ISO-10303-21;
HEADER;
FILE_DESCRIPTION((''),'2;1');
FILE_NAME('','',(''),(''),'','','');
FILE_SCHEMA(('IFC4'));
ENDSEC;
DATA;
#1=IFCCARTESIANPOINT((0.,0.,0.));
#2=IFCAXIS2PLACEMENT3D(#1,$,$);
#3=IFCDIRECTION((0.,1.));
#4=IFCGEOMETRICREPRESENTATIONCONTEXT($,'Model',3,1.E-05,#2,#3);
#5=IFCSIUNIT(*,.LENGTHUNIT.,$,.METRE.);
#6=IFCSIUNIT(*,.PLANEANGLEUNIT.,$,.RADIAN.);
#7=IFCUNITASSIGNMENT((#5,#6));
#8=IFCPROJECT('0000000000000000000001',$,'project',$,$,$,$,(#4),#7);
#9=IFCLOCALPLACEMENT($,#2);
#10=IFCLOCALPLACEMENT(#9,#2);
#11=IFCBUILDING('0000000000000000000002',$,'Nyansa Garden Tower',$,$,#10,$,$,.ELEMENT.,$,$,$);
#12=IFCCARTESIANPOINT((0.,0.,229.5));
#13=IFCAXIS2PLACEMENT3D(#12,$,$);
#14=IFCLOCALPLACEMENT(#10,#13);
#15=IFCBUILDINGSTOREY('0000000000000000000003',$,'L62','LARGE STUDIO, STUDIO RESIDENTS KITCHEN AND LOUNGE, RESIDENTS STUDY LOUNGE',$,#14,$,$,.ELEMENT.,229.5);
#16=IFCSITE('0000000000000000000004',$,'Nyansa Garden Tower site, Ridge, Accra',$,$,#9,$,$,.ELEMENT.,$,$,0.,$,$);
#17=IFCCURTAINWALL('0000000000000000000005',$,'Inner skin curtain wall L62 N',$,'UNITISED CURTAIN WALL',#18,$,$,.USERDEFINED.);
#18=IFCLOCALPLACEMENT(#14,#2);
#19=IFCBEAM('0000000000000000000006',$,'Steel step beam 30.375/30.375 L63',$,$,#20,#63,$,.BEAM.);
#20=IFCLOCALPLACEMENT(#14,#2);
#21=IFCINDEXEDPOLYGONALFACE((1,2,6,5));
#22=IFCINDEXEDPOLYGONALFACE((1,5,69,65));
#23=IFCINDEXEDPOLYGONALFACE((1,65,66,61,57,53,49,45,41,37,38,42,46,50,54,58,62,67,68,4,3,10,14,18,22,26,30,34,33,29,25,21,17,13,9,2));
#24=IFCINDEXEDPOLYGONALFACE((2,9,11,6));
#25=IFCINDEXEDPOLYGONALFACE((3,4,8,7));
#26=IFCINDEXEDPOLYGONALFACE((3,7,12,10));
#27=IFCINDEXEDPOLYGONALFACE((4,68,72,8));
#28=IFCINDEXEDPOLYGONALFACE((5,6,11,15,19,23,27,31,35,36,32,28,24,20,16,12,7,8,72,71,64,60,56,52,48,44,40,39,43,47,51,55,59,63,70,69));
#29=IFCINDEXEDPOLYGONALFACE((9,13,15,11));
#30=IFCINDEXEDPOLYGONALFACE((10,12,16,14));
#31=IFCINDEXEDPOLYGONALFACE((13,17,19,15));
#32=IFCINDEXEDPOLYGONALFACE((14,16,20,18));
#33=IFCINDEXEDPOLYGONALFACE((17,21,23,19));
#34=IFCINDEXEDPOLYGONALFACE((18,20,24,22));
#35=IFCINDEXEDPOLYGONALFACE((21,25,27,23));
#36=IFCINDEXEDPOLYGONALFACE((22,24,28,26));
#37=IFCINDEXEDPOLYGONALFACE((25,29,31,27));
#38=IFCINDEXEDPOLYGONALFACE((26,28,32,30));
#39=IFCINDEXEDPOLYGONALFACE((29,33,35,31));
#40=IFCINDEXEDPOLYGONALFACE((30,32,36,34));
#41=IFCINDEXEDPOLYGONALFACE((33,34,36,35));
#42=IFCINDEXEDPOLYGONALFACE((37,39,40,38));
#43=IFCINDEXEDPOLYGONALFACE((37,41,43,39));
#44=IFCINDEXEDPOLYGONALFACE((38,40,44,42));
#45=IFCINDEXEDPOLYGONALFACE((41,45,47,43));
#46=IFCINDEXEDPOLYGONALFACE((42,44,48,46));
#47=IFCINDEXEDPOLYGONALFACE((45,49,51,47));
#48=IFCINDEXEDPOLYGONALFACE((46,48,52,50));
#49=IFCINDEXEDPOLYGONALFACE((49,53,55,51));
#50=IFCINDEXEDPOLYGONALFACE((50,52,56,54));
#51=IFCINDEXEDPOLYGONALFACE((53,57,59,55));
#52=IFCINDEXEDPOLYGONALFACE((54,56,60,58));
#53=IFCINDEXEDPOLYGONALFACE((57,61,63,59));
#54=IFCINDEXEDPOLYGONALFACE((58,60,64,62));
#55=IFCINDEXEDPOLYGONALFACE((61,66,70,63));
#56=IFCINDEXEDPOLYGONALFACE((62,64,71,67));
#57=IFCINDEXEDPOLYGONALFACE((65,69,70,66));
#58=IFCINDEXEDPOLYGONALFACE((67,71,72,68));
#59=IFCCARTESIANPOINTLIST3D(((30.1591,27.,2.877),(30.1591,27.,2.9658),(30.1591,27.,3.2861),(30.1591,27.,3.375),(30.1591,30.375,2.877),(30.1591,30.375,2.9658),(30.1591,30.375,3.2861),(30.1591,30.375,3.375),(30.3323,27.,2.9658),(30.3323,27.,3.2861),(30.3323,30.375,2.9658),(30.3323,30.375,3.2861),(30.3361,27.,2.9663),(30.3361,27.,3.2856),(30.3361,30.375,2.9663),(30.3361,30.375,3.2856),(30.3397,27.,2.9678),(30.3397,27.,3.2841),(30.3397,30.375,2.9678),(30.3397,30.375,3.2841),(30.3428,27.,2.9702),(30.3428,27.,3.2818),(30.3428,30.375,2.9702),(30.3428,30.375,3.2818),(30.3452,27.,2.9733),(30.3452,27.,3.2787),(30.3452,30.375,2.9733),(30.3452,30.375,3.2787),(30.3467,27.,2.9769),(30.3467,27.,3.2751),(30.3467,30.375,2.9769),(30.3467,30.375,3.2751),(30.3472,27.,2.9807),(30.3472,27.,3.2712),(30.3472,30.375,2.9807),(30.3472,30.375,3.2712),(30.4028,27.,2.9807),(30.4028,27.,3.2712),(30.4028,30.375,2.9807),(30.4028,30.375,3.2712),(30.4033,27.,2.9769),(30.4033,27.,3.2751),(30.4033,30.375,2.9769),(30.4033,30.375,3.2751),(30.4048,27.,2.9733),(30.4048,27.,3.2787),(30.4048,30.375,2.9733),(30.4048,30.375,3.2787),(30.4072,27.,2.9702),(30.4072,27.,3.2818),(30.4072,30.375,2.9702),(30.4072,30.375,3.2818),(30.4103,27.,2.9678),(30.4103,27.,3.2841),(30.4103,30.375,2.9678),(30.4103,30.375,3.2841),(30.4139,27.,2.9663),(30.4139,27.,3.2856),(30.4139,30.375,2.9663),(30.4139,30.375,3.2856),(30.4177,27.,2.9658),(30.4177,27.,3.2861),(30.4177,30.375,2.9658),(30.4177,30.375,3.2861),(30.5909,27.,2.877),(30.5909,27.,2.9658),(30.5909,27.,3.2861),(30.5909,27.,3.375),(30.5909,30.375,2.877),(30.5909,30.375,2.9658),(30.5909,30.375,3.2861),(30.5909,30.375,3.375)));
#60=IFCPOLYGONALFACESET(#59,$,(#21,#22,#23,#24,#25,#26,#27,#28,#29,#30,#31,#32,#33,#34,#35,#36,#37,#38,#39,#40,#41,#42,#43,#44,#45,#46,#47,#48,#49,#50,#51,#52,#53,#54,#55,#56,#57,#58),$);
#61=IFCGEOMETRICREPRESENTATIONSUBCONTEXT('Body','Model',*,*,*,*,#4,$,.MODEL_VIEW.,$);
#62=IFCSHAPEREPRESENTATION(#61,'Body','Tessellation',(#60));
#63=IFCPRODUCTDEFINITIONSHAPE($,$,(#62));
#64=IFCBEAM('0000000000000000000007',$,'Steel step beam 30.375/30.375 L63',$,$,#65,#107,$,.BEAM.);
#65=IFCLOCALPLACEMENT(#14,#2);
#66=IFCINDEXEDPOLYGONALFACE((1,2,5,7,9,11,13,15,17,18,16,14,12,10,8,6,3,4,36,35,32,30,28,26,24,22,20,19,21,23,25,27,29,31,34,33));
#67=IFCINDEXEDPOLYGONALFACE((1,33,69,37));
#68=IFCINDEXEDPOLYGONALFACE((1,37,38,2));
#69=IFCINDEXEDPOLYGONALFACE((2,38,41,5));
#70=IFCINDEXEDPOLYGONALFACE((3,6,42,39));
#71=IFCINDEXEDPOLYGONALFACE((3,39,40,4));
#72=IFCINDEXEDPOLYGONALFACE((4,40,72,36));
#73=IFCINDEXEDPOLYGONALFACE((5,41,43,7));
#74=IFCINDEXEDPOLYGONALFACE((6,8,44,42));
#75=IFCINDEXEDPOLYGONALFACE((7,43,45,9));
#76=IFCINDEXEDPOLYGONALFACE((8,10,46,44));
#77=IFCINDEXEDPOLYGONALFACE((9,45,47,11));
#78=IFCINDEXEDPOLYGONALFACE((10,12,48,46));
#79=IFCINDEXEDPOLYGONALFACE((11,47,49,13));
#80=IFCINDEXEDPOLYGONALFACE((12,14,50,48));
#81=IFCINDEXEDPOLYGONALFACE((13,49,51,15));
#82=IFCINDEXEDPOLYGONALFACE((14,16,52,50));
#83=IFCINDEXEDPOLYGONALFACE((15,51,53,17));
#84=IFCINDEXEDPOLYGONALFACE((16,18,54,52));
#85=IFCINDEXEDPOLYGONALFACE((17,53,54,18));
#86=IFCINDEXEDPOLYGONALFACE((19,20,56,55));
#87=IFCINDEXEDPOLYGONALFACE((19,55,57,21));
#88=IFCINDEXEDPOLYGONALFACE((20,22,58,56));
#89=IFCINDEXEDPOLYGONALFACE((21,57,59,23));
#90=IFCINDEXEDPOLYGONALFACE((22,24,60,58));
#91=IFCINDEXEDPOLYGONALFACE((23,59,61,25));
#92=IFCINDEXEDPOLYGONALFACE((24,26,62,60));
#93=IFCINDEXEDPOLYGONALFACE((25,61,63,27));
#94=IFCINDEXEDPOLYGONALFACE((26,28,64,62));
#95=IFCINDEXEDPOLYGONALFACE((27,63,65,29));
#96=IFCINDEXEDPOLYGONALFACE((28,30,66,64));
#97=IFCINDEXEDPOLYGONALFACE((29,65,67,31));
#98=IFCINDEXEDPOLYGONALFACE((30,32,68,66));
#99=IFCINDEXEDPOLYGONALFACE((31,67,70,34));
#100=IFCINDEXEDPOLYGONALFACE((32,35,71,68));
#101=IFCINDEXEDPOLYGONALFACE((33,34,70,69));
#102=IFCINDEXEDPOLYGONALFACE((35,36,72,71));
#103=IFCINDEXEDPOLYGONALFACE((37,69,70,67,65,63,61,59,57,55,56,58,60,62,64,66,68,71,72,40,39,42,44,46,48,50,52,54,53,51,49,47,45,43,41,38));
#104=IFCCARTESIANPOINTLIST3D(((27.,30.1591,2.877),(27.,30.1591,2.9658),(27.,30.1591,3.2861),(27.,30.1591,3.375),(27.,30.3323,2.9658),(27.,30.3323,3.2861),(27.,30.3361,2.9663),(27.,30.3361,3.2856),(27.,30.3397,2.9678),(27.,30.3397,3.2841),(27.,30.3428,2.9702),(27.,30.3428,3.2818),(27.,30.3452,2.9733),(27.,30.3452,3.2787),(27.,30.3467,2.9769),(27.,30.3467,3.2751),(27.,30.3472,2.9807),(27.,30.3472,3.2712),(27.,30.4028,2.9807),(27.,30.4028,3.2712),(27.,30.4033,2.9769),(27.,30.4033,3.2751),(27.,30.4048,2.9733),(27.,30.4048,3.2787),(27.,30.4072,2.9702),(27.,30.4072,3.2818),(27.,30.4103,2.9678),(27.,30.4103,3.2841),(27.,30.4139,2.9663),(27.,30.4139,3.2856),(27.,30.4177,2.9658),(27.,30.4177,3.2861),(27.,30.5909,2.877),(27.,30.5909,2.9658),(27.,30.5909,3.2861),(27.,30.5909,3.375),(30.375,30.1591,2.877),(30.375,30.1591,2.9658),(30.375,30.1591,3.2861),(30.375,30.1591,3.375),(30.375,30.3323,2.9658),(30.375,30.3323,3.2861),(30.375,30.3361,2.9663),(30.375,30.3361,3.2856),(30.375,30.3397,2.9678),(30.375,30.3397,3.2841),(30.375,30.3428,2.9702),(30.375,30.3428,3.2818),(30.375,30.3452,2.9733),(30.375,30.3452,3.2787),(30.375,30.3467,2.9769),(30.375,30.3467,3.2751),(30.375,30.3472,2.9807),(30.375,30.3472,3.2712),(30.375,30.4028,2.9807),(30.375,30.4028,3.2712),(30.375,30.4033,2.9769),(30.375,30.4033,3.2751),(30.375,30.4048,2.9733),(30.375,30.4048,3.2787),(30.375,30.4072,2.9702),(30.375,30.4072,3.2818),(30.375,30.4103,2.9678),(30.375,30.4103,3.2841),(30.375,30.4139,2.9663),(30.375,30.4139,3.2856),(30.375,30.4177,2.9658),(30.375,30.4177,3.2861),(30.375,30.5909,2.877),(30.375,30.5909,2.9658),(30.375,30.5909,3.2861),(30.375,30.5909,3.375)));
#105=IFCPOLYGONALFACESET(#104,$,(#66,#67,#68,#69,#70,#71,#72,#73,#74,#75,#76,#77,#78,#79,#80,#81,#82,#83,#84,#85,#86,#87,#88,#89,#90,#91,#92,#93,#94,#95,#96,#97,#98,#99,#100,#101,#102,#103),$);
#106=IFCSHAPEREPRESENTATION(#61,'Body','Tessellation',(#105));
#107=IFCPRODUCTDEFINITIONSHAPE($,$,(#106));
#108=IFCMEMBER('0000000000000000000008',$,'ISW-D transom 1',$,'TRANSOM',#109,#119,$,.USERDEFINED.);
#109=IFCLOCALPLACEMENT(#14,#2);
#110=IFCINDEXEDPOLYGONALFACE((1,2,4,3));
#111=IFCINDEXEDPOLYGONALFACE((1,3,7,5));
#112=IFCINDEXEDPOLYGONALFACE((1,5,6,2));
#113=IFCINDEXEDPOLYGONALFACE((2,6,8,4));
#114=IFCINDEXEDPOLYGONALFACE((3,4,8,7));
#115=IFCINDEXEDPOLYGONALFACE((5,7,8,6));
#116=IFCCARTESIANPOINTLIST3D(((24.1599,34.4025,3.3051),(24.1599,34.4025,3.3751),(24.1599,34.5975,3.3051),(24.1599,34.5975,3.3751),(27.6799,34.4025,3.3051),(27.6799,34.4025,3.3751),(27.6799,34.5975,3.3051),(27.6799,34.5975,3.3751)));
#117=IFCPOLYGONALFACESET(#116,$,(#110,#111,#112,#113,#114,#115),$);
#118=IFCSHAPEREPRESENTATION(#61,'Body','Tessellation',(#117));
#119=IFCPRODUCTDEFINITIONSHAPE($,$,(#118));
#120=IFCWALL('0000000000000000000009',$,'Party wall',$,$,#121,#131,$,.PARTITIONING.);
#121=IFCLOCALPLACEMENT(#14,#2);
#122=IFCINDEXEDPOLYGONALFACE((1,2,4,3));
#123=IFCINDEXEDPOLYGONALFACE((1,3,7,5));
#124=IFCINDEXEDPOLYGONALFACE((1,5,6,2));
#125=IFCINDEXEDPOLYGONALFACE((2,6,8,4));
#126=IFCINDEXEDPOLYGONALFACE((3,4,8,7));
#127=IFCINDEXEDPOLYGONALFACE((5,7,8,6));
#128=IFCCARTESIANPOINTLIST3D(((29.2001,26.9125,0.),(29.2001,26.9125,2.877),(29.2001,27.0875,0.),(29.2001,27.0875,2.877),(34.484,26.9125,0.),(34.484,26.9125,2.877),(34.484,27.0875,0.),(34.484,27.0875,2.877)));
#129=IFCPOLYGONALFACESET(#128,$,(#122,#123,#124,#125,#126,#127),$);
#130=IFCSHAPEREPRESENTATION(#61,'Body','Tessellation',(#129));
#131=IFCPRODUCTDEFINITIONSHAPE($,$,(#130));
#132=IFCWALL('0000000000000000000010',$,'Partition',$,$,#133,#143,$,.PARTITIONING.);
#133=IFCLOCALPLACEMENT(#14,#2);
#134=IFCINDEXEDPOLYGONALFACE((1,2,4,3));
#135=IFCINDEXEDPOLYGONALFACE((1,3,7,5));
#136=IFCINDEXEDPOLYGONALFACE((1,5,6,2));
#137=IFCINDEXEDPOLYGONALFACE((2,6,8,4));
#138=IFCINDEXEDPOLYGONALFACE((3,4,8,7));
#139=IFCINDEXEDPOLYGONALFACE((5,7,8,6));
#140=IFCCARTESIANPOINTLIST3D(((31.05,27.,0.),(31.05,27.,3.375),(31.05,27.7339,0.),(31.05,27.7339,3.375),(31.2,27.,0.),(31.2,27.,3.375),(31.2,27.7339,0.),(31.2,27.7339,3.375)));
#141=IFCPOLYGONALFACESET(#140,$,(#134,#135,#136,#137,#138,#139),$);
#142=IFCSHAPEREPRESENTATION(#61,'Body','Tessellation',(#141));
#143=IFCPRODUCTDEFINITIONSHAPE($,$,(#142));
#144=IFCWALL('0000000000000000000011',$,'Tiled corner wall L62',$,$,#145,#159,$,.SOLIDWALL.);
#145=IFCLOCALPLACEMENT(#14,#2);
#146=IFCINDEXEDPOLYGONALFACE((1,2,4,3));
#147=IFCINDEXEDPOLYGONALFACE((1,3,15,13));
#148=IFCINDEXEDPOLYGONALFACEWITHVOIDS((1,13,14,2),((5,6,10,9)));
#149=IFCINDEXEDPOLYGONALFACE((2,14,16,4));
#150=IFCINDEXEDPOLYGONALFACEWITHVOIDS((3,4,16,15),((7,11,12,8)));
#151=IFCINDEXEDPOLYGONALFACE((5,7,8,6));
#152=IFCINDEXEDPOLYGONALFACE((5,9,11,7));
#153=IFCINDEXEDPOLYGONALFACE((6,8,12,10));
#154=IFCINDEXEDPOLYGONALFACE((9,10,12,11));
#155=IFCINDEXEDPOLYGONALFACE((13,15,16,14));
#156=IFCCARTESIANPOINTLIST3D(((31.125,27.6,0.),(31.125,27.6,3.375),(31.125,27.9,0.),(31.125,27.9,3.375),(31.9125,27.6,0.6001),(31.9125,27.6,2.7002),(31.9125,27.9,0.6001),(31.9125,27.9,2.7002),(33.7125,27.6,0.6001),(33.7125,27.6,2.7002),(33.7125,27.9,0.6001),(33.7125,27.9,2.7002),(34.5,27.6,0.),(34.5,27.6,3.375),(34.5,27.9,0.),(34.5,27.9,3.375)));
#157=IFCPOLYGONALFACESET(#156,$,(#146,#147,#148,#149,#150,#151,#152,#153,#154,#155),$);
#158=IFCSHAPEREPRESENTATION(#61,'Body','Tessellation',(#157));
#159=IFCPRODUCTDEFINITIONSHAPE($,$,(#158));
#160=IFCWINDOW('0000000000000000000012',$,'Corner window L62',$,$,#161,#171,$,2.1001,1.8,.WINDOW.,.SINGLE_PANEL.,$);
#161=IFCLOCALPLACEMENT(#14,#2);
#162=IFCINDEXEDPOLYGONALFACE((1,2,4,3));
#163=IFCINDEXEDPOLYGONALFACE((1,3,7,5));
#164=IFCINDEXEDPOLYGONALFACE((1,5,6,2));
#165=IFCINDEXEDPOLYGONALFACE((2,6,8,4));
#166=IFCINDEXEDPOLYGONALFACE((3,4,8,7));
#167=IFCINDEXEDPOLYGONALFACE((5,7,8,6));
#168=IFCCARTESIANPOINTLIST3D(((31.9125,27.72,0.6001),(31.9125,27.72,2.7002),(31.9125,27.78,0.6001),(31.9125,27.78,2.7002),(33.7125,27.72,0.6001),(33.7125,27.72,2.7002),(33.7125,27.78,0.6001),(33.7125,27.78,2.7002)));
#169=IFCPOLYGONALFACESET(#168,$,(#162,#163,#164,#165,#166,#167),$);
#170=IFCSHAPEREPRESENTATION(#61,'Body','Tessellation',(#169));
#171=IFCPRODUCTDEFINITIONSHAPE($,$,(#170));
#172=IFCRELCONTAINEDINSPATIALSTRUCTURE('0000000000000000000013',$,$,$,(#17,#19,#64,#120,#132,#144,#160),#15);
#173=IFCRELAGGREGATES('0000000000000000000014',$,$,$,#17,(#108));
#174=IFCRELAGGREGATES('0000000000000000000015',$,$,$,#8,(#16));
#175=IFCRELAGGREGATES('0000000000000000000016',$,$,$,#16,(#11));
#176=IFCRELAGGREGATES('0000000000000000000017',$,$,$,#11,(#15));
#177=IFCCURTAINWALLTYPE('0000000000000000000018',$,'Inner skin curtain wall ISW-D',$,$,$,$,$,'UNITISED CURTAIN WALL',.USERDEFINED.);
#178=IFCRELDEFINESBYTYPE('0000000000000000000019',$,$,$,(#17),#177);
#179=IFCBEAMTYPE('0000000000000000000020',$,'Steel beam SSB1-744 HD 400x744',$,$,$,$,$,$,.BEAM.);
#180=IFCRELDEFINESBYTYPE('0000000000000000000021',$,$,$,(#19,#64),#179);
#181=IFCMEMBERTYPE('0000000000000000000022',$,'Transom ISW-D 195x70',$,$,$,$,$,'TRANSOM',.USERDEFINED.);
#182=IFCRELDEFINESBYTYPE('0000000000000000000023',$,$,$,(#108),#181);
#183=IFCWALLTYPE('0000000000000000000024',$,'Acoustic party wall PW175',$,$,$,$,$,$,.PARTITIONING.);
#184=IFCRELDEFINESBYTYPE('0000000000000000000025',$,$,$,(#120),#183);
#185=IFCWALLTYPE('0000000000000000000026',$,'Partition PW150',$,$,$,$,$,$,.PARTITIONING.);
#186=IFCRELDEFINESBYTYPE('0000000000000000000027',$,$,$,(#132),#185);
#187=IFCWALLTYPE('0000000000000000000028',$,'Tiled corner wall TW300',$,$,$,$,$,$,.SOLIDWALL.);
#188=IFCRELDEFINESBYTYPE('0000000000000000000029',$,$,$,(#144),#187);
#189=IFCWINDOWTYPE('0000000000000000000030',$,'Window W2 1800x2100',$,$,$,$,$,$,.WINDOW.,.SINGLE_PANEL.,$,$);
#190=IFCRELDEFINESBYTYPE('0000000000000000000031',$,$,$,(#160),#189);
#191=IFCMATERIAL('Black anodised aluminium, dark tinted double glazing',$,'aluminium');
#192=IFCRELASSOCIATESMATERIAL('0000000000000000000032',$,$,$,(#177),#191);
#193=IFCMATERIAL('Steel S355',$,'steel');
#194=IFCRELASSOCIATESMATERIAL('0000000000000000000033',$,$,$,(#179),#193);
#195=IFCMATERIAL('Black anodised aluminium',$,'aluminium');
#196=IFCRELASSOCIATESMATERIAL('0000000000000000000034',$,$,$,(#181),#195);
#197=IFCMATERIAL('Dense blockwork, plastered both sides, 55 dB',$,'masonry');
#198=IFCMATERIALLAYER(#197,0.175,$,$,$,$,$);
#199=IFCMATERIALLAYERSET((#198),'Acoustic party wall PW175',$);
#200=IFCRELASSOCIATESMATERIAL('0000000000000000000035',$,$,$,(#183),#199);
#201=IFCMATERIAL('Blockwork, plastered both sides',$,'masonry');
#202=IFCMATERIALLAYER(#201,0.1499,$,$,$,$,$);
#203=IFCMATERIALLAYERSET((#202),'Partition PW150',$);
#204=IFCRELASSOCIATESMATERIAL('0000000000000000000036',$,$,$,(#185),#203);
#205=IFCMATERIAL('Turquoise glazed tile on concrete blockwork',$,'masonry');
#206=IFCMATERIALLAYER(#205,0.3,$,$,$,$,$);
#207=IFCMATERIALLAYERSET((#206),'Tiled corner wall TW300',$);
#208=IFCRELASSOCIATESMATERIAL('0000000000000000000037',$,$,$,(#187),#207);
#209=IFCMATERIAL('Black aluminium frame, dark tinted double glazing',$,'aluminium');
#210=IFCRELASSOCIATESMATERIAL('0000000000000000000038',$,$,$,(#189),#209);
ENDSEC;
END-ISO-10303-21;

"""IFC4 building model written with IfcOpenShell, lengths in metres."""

from ifc_helpers import new_model, si_unit, direction, frame, frame_2d, origin, origin_2d, place, context, subcontext, project, spatial, rectangle, i_section, extrude, material, layer, layer_set, material_profile, profile_set, type_object, element, fill, aggregate, save


model = new_model("IFC4")

# Units and contexts
model_context = context("Model", 3, precision=1e-05, world=origin(), true_north=direction((0.0, 1.0)))
body_context = subcontext(model_context, "Body", "Model", "MODEL_VIEW")
ifc_project = project(units=[si_unit("LENGTHUNIT", "METRE"), si_unit("PLANEANGLEUNIT", "RADIAN")], contexts=[model_context])

# Site, building, storey
site_placement = place(None, origin())
site = spatial("IfcSite", under=ifc_project, at=site_placement, Name="Nyansa Garden Tower site, Ridge, Accra", CompositionType="ELEMENT", RefElevation=0.0)
building_placement = place(site_placement, origin())
building = spatial("IfcBuilding", under=site, at=building_placement, Name="Nyansa Garden Tower", CompositionType="ELEMENT")
storey_placement = place(building_placement, frame((0.0, 0.0, 229.5)))
storey = spatial("IfcBuildingStorey", under=building, at=storey_placement, Name="L62", Description="LARGE STUDIO, STUDIO RESIDENTS KITCHEN AND LOUNGE, RESIDENTS STUDY LOUNGE", CompositionType="ELEMENT", Elevation=229.5)

# Curtain wall
ifc_material_1 = material(Name="Black anodised aluminium, dark tinted double glazing", Category="aluminium")
curtain_wall_type = type_object("IfcCurtainWallType", Name="Inner skin curtain wall ISW-D", ElementType="UNITISED CURTAIN WALL", PredefinedType="USERDEFINED", material=ifc_material_1)
curtain_wall_1_placement = place(storey_placement, origin())
curtain_wall_1 = element("IfcCurtainWall", 1, at=curtain_wall_1_placement, inside=storey, type_object=curtain_wall_type, Name="Inner skin curtain wall L62 N", ObjectType="UNITISED CURTAIN WALL", PredefinedType="USERDEFINED")

# Beams
ifc_material_2 = material(Name="Steel S355", Category="steel")
ifc_material_profile_1 = material_profile(ifc_material_2, i_section(OverallWidth=0.4319, OverallDepth=0.498, WebThickness=0.0557, FlangeThickness=0.0889, FilletRadius=0.0149, at=origin_2d()), Name="HD 400x744")
ifc_profile_set_1 = profile_set([ifc_material_profile_1], Name="Steel S355")
beam_type_1 = type_object("IfcBeamType", Name="Steel beam SSB1-744 HD 400x744", PredefinedType="BEAM", material=ifc_profile_set_1)
for number, where, z_axis, x_axis, name in (
    (2, (30.375, 30.375, 3.126), (0.0, -1.0, 0.0), (1.0, 0.0, 0.0), "Steel step beam 30.375/30.375 L63"),
    (3, (30.375, 30.375, 3.126), (-1.0, 0.0, 0.0), (0.0, -1.0, 0.0), "Steel step beam 30.375/30.375 L63"),
):
    element("IfcBeam", number, at=place(storey_placement, frame(where, z_axis=z_axis, x_axis=x_axis)), inside=storey, type_object=beam_type_1, Name=name, PredefinedType="BEAM", context=body_context, shape_type="SweptSolid", body=[
        extrude(i_section(OverallWidth=0.4319, OverallDepth=0.498, WebThickness=0.0557, FlangeThickness=0.0889, FilletRadius=0.0149, at=origin_2d()), origin(), (0.0, 0.0, 1.0), 3.375),
    ])

# Member
ifc_material_3 = material(Name="Black anodised aluminium", Category="aluminium")
ifc_material_profile_2 = material_profile(ifc_material_3, rectangle(XDim=0.1951, YDim=0.0701, at=origin_2d()), Name="Transom 195x70")
ifc_profile_set_2 = profile_set([ifc_material_profile_2], Name="Black anodised aluminium")
member_type_1 = type_object("IfcMemberType", Name="Transom ISW-D 195x70", ElementType="TRANSOM", PredefinedType="USERDEFINED", material=ifc_profile_set_2)
member_1_placement = place(storey_placement, frame((27.6799, 34.5, 3.3401), z_axis=(-1.0, 0.0, 0.0), x_axis=(0.0, -1.0, 0.0)))
member_1 = element("IfcMember", 4, at=member_1_placement, type_object=member_type_1, Name="ISW-D transom 1", ObjectType="TRANSOM", PredefinedType="USERDEFINED", context=body_context, shape_type="SweptSolid", body=[
    extrude(rectangle(XDim=0.1951, YDim=0.0701, at=origin_2d()), origin(), (0.0, 0.0, 1.0), 3.52),
])
aggregate(curtain_wall_1, [member_1])

# Walls
ifc_material_4 = material(Name="Dense blockwork, plastered both sides, 55 dB", Category="masonry")
ifc_layer_1 = layer(ifc_material_4, 0.175)
ifc_layer_set_1 = layer_set([ifc_layer_1], Name="Acoustic party wall PW175")
wall_type_1 = type_object("IfcWallType", Name="Acoustic party wall PW175", PredefinedType="PARTITIONING", material=ifc_layer_set_1)
wall_1_placement = place(storey_placement, frame((29.2, 27.0, 0.0), z_axis=(0.0, 0.0, 1.0), x_axis=(1.0, 0.0, 0.0)))
element("IfcWall", 5, at=wall_1_placement, inside=storey, type_object=wall_type_1, Name="Party wall", PredefinedType="PARTITIONING", context=body_context, shape_type="SweptSolid", body=[
    extrude(rectangle(XDim=5.2839, YDim=0.175, at=frame_2d((2.6421, 0.0))), origin(), (0.0, 0.0, 1.0), 2.877),
])
ifc_material_5 = material(Name="Blockwork, plastered both sides", Category="masonry")
ifc_layer_2 = layer(ifc_material_5, 0.1499)
ifc_layer_set_2 = layer_set([ifc_layer_2], Name="Partition PW150")
wall_type_2 = type_object("IfcWallType", Name="Partition PW150", PredefinedType="PARTITIONING", material=ifc_layer_set_2)
wall_2_placement = place(storey_placement, frame((31.125, 27.0, 0.0), z_axis=(0.0, 0.0, 1.0), x_axis=(0.0, 1.0, 0.0)))
element("IfcWall", 6, at=wall_2_placement, inside=storey, type_object=wall_type_2, Name="Partition", PredefinedType="PARTITIONING", context=body_context, shape_type="SweptSolid", body=[
    extrude(rectangle(XDim=0.7339, YDim=0.1499, at=frame_2d((0.3669, 0.0))), origin(), (0.0, 0.0, 1.0), 3.375),
])

# Wall, opening, window
ifc_material_6 = material(Name="Turquoise glazed tile on concrete blockwork", Category="masonry")
ifc_layer_3 = layer(ifc_material_6, 0.3)
ifc_layer_set_3 = layer_set([ifc_layer_3], Name="Tiled corner wall TW300")
wall_type_3 = type_object("IfcWallType", Name="Tiled corner wall TW300", PredefinedType="SOLIDWALL", material=ifc_layer_set_3)
wall_3_placement = place(storey_placement, frame((34.5, 27.75, 0.0), z_axis=(0.0, 0.0, 1.0), x_axis=(-1.0, 0.0, 0.0)))
wall_3 = element("IfcWall", 7, at=wall_3_placement, inside=storey, type_object=wall_type_3, Name="Tiled corner wall L62", PredefinedType="SOLIDWALL", context=body_context, shape_type="SweptSolid", body=[
    extrude(rectangle(XDim=3.375, YDim=0.3, at=frame_2d((1.6875, 0.0))), origin(), (0.0, 0.0, 1.0), 3.375),
])
opening_1_placement = place(wall_3_placement, frame((0.7876, 0.0, 0.6001)))
opening_1 = element("IfcOpeningElement", 8, at=opening_1_placement, cuts=wall_3, PredefinedType="OPENING", context=body_context, shape_type="SweptSolid", body=[
    extrude(rectangle(XDim=1.8, YDim=2.1001, at=frame_2d((0.8999, 1.05))), frame((0.0, 0.1599, 0.0), z_axis=(0.0, -1.0, 0.0), x_axis=(1.0, 0.0, 0.0)), (0.0, 0.0, 1.0), 0.3201),
])
ifc_material_7 = material(Name="Black aluminium frame, dark tinted double glazing", Category="aluminium")
window_type_1 = type_object("IfcWindowType", Name="Window W2 1800x2100", PartitioningType="SINGLE_PANEL", PredefinedType="WINDOW", material=ifc_material_7)
window_1_placement = place(opening_1_placement, origin())
window_1 = element("IfcWindow", 9, at=window_1_placement, inside=storey, type_object=window_type_1, Name="Corner window L62", OverallHeight=2.1001, OverallWidth=1.8, PartitioningType="SINGLE_PANEL", PredefinedType="WINDOW", context=body_context, shape_type="SweptSolid", body=[
    extrude(rectangle(XDim=1.8, YDim=2.1001, at=frame_2d((0.8999, 1.05))), frame((0.0, 0.03, 0.0), z_axis=(0.0, -1.0, 0.0), x_axis=(1.0, 0.0, 0.0)), (0.0, 0.0, 1.0), 0.0601),
])
fill(opening_1, window_1)

save(model, "model.ifc")
